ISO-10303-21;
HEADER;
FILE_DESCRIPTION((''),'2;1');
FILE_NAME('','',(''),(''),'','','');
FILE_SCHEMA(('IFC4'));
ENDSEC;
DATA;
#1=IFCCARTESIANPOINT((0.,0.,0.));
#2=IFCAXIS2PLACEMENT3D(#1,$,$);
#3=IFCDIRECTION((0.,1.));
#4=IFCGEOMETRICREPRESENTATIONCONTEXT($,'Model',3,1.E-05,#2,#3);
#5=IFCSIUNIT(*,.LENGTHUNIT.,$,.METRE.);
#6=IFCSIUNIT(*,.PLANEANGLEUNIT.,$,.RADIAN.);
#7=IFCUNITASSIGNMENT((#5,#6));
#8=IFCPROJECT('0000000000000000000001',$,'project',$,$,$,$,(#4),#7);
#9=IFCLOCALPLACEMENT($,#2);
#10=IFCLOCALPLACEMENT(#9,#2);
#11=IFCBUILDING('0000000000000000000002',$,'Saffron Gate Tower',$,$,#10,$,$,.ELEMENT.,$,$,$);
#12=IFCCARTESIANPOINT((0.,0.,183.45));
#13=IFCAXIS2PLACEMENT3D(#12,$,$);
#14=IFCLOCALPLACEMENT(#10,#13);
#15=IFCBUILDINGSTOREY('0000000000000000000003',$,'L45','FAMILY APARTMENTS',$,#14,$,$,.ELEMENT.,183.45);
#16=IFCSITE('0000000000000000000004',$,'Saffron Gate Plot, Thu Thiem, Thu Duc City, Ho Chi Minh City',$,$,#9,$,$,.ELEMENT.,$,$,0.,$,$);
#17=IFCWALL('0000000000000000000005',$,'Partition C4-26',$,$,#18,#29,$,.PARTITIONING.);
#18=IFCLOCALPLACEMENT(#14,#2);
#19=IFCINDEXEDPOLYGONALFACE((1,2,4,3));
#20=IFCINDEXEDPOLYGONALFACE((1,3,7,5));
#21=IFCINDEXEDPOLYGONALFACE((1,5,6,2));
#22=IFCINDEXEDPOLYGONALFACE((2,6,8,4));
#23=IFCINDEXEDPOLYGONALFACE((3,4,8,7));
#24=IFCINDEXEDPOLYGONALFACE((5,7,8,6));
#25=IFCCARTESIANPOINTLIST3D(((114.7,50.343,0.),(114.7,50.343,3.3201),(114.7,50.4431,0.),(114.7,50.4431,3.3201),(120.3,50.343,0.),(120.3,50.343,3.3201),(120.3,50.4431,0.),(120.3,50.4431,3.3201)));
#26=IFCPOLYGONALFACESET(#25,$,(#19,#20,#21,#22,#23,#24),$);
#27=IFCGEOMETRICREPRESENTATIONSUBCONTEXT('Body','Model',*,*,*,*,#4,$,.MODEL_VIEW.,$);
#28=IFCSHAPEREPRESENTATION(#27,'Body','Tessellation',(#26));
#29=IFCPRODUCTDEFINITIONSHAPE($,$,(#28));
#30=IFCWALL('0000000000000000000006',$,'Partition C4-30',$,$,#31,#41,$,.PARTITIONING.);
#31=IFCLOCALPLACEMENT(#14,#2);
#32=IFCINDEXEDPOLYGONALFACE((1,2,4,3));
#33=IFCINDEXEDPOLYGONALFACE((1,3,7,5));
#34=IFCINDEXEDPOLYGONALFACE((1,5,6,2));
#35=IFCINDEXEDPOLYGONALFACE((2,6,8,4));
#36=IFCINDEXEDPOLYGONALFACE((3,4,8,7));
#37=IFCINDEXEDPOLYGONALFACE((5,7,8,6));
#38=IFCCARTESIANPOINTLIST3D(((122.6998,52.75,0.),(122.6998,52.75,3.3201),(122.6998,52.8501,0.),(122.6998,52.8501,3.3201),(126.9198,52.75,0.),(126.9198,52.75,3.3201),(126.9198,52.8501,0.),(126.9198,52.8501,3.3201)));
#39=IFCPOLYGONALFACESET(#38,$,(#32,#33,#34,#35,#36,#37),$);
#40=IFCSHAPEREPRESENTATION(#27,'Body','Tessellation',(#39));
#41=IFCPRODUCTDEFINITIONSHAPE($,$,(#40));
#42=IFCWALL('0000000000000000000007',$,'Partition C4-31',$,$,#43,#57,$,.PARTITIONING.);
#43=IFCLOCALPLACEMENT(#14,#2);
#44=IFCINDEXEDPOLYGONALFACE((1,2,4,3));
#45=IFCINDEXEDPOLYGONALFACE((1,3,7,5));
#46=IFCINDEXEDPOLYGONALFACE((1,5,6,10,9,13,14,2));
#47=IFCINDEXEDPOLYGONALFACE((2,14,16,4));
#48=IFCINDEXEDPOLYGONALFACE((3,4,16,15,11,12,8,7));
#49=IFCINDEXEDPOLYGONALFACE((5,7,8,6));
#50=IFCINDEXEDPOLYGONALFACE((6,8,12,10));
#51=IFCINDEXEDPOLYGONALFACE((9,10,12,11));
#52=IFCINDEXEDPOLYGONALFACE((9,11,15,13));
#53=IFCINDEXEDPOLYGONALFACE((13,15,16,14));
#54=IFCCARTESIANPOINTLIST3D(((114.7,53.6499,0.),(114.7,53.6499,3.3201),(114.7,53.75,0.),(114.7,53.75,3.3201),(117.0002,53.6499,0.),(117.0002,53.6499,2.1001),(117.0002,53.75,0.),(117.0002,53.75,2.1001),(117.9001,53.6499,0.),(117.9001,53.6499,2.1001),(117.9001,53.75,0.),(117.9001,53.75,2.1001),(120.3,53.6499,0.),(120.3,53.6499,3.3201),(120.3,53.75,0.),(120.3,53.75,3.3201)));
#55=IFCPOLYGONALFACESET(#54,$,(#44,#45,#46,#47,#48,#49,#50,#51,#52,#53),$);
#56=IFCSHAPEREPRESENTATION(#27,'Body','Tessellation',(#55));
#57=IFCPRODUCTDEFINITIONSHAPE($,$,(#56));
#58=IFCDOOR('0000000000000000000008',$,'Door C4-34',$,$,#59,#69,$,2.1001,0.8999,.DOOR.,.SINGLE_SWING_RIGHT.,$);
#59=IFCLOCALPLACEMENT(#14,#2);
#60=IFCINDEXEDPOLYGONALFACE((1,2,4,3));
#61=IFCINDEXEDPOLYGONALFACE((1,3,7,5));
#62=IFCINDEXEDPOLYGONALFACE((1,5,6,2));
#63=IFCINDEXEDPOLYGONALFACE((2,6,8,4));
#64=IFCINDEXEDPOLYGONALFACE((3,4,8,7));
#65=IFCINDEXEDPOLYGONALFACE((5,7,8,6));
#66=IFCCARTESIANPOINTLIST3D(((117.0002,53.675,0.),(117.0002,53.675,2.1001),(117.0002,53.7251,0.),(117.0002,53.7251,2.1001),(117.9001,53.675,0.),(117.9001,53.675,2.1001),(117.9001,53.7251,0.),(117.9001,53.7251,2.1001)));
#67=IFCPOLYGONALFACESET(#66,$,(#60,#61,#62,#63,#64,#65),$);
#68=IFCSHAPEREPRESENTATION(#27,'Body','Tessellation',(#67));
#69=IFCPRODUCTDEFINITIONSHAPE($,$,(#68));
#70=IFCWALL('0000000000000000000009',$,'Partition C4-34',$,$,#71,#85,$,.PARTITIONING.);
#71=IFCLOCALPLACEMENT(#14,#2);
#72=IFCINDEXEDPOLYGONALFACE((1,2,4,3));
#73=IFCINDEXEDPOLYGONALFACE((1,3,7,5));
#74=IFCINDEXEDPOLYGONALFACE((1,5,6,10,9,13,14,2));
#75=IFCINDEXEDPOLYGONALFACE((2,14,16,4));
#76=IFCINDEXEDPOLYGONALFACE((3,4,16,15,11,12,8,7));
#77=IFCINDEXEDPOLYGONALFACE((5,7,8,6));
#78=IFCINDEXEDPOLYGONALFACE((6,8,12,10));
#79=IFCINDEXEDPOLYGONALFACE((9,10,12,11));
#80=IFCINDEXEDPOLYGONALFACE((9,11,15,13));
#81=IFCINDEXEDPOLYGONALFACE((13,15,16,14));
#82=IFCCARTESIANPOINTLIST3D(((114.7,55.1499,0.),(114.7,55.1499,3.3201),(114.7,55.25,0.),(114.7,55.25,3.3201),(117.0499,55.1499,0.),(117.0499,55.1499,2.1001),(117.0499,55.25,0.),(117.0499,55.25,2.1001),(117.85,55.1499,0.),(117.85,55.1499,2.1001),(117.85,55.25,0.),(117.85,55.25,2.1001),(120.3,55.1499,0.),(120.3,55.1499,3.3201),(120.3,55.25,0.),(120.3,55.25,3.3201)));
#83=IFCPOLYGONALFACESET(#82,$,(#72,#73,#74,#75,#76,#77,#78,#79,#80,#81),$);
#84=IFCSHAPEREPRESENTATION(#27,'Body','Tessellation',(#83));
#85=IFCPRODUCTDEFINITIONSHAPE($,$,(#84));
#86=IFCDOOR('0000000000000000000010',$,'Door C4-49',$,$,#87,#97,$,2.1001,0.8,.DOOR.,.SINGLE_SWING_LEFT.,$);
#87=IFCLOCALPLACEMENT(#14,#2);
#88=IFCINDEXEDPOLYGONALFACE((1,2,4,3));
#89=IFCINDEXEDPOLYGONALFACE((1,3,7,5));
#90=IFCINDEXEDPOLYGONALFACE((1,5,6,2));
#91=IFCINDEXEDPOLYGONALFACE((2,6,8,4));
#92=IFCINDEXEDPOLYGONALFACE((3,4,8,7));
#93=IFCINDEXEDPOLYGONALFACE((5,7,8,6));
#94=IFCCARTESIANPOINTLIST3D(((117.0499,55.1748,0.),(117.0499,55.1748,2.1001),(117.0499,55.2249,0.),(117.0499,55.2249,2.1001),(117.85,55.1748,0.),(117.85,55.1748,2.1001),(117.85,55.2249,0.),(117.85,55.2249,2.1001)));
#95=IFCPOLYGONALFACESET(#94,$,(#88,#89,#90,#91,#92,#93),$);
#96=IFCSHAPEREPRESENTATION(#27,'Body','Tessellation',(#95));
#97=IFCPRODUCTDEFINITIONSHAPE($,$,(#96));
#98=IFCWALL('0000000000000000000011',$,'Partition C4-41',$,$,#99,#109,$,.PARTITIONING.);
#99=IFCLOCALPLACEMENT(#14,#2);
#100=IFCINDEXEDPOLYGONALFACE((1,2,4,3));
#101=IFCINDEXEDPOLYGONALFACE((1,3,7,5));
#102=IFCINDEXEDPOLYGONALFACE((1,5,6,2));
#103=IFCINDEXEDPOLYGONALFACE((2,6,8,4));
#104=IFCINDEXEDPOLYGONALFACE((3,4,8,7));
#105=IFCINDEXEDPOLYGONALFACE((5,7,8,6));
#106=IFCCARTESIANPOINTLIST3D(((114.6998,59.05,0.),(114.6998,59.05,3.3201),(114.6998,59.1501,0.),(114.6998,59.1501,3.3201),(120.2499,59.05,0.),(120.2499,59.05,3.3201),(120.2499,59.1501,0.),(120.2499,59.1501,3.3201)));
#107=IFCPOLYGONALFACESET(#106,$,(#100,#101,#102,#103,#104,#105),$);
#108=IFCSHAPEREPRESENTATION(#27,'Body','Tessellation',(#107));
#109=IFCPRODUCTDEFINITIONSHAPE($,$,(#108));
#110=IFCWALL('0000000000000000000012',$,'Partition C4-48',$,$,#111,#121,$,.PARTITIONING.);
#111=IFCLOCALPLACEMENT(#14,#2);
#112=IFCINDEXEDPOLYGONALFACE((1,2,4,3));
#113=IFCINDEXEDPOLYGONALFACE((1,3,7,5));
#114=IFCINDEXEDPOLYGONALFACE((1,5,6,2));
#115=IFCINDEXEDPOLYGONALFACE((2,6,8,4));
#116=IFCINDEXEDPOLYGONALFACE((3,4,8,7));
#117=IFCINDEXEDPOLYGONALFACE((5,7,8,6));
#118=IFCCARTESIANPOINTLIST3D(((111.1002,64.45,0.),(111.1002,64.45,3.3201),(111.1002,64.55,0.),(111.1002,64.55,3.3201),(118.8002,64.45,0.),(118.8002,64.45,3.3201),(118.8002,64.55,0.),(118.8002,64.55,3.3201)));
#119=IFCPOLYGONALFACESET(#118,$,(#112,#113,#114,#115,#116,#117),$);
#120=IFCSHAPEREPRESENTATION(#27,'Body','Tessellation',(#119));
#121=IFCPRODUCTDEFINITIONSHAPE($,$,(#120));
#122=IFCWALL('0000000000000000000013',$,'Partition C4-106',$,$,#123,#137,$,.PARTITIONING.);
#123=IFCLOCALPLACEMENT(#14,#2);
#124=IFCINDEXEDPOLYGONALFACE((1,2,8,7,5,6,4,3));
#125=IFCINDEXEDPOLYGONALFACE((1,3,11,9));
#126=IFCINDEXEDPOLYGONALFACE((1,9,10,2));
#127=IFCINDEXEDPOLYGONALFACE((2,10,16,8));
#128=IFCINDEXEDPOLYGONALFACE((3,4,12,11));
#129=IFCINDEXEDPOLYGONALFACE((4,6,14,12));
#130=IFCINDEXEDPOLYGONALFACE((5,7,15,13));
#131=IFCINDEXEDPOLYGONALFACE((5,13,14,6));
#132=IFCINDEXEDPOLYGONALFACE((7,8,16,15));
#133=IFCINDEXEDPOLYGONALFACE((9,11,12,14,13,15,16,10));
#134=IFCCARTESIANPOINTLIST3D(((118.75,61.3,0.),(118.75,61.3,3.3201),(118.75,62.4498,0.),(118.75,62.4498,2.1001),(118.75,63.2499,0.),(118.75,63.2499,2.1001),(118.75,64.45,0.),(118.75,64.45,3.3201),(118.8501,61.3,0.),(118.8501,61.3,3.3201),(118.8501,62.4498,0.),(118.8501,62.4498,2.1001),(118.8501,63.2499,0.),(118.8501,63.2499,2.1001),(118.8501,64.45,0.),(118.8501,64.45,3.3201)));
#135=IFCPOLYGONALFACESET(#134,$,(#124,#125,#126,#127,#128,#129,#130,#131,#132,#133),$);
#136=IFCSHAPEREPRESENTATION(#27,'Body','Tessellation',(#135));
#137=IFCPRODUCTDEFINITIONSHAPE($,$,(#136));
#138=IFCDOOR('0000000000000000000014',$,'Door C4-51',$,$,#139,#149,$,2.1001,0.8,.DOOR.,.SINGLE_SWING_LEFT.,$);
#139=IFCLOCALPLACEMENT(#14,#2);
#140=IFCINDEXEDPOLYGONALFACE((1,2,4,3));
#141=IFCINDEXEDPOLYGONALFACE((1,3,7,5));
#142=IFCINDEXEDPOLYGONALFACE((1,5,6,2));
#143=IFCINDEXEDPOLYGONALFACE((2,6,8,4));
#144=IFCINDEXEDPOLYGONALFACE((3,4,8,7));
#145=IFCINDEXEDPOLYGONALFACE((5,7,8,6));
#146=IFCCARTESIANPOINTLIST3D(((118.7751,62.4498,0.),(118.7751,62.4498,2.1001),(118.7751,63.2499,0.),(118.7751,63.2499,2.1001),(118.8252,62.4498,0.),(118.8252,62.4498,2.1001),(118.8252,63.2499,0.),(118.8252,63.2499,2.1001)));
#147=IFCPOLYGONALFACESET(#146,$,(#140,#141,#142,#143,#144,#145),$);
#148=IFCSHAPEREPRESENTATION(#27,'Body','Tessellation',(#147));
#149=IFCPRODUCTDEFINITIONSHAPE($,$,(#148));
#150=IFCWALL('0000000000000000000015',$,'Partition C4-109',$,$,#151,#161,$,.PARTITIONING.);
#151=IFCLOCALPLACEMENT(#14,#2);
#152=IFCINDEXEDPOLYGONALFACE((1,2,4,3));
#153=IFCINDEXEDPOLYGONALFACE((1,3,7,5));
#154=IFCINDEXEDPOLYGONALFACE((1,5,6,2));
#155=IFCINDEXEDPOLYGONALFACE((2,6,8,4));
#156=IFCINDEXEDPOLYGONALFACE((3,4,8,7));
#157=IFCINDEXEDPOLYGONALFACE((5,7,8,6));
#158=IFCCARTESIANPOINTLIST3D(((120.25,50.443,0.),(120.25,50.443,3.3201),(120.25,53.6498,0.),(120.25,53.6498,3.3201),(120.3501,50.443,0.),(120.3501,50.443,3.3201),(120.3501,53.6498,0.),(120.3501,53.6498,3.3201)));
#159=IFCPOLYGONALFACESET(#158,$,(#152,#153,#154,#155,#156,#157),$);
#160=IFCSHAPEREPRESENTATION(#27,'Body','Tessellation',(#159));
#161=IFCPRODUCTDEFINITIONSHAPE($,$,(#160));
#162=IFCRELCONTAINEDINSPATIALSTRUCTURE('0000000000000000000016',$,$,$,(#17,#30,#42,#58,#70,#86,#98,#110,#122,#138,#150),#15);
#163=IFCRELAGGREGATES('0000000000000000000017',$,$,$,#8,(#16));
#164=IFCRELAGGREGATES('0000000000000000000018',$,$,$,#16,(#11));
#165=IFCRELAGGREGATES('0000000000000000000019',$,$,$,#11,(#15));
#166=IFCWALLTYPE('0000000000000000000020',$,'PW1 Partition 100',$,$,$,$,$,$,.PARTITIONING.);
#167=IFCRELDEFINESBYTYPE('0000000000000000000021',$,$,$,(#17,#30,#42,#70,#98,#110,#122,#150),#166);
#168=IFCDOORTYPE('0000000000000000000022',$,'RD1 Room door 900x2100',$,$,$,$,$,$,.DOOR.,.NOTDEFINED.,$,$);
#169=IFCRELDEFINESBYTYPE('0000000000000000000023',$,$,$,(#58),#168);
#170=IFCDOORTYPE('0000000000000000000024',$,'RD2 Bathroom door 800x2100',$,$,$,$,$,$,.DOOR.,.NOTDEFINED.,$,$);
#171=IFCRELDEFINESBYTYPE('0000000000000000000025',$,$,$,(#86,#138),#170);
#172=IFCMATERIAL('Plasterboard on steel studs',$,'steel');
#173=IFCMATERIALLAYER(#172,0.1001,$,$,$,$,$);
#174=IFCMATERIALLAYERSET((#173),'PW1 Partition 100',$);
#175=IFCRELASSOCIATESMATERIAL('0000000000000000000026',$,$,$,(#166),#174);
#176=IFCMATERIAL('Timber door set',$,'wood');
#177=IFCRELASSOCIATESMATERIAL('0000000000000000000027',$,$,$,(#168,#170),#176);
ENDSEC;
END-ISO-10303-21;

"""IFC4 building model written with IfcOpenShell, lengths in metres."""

from ifc_helpers import new_model, si_unit, direction, frame, frame_2d, origin, place, context, subcontext, project, spatial, rectangle, extrude, material, layer, layer_set, type_object, element, fill, save


model = new_model("IFC4")

# Units and contexts
model_context = context("Model", 3, precision=1e-05, world=origin(), true_north=direction((0.0, 1.0)))
body_context = subcontext(model_context, "Body", "Model", "MODEL_VIEW")
ifc_project = project(units=[si_unit("LENGTHUNIT", "METRE"), si_unit("PLANEANGLEUNIT", "RADIAN")], contexts=[model_context])

# Site, building, storey
site_placement = place(None, origin())
site = spatial("IfcSite", under=ifc_project, at=site_placement, Name="Saffron Gate Plot, Thu Thiem, Thu Duc City, Ho Chi Minh City", CompositionType="ELEMENT", RefElevation=0.0)
building_placement = place(site_placement, origin())
building = spatial("IfcBuilding", under=site, at=building_placement, Name="Saffron Gate Tower", CompositionType="ELEMENT")
storey_placement = place(building_placement, frame((0.0, 0.0, 183.45)))
storey = spatial("IfcBuildingStorey", under=building, at=storey_placement, Name="L45", Description="FAMILY APARTMENTS", CompositionType="ELEMENT", Elevation=183.45)

# Walls
ifc_material_1 = material(Name="Plasterboard on steel studs", Category="steel")
ifc_layer_1 = layer(ifc_material_1, 0.1001)
ifc_layer_set_1 = layer_set([ifc_layer_1], Name="PW1 Partition 100")
wall_type_1 = type_object("IfcWallType", Name="PW1 Partition 100", PredefinedType="PARTITIONING", material=ifc_layer_set_1)
wall_1_placement = place(storey_placement, frame((114.7, 50.3931, 0.0), z_axis=(0.0, 0.0, 1.0), x_axis=(1.0, 0.0, 0.0)))
element("IfcWall", 1, at=wall_1_placement, inside=storey, type_object=wall_type_1, Name="Partition C4-26", PredefinedType="PARTITIONING", context=body_context, shape_type="SweptSolid", body=[
    extrude(rectangle(XDim=5.6001, YDim=0.1001, at=frame_2d((2.8, 0.0))), origin(), (0.0, 0.0, 1.0), 3.3201),
])
wall_2_placement = place(storey_placement, frame((122.7, 52.8, 0.0), z_axis=(0.0, 0.0, 1.0), x_axis=(1.0, 0.0, 0.0)))
element("IfcWall", 2, at=wall_2_placement, inside=storey, type_object=wall_type_1, Name="Partition C4-30", PredefinedType="PARTITIONING", context=body_context, shape_type="SweptSolid", body=[
    extrude(rectangle(XDim=4.22, YDim=0.1001, at=frame_2d((2.1099, 0.0))), origin(), (0.0, 0.0, 1.0), 3.3201),
])

# Walls, openings, doors
wall_3_placement = place(storey_placement, frame((120.3, 53.7, 0.0), z_axis=(0.0, 0.0, 1.0), x_axis=(-1.0, 0.0, 0.0)))
wall_3 = element("IfcWall", 3, at=wall_3_placement, inside=storey, type_object=wall_type_1, Name="Partition C4-31", PredefinedType="PARTITIONING", context=body_context, shape_type="SweptSolid", body=[
    extrude(rectangle(XDim=5.6001, YDim=0.1001, at=frame_2d((2.8, 0.0))), origin(), (0.0, 0.0, 1.0), 3.3201),
])
opening_1_placement = place(wall_3_placement, frame((2.3999, 0.0, 0.0)))
opening_1 = element("IfcOpeningElement", 4, at=opening_1_placement, cuts=wall_3, PredefinedType="OPENING", context=body_context, shape_type="SweptSolid", body=[
    extrude(rectangle(XDim=0.8999, YDim=2.1001, at=frame_2d((0.45, 1.05))), frame((0.0, 0.0601, 0.0), z_axis=(0.0, -1.0, 0.0), x_axis=(1.0, 0.0, 0.0)), (0.0, 0.0, 1.0), 0.1201),
])
ifc_material_2 = material(Name="Timber door set", Category="wood")
door_type_1 = type_object("IfcDoorType", Name="RD1 Room door 900x2100", OperationType="NOTDEFINED", PredefinedType="DOOR", material=ifc_material_2)
door_1_placement = place(opening_1_placement, origin())
door_1 = element("IfcDoor", 5, at=door_1_placement, inside=storey, type_object=door_type_1, Name="Door C4-34", OperationType="SINGLE_SWING_RIGHT", OverallHeight=2.1001, OverallWidth=0.8999, PredefinedType="DOOR", context=body_context, shape_type="SweptSolid", body=[
    extrude(rectangle(XDim=0.8999, YDim=2.1001, at=frame_2d((0.45, 1.05))), frame((0.0, 0.0249, 0.0), z_axis=(0.0, -1.0, 0.0), x_axis=(1.0, 0.0, 0.0)), (0.0, 0.0, 1.0), 0.05),
])
fill(opening_1, door_1)
wall_4_placement = place(storey_placement, frame((114.7, 55.2, 0.0), z_axis=(0.0, 0.0, 1.0), x_axis=(1.0, 0.0, 0.0)))
wall_4 = element("IfcWall", 6, at=wall_4_placement, inside=storey, type_object=wall_type_1, Name="Partition C4-34", PredefinedType="PARTITIONING", context=body_context, shape_type="SweptSolid", body=[
    extrude(rectangle(XDim=5.6001, YDim=0.1001, at=frame_2d((2.8, 0.0))), origin(), (0.0, 0.0, 1.0), 3.3201),
])
opening_2_placement = place(wall_4_placement, frame((2.3501, 0.0, 0.0)))
opening_2 = element("IfcOpeningElement", 7, at=opening_2_placement, cuts=wall_4, PredefinedType="OPENING", context=body_context, shape_type="SweptSolid", body=[
    extrude(rectangle(XDim=0.8, YDim=2.1001, at=frame_2d((0.3999, 1.05))), frame((0.0, 0.0601, 0.0), z_axis=(0.0, -1.0, 0.0), x_axis=(1.0, 0.0, 0.0)), (0.0, 0.0, 1.0), 0.1201),
])
door_type_2 = type_object("IfcDoorType", Name="RD2 Bathroom door 800x2100", OperationType="NOTDEFINED", PredefinedType="DOOR", material=ifc_material_2)
door_2_placement = place(opening_2_placement, origin())
door_2 = element("IfcDoor", 8, at=door_2_placement, inside=storey, type_object=door_type_2, Name="Door C4-49", OperationType="SINGLE_SWING_LEFT", OverallHeight=2.1001, OverallWidth=0.8, PredefinedType="DOOR", context=body_context, shape_type="SweptSolid", body=[
    extrude(rectangle(XDim=0.8, YDim=2.1001, at=frame_2d((0.3999, 1.05))), frame((0.0, 0.0249, 0.0), z_axis=(0.0, -1.0, 0.0), x_axis=(1.0, 0.0, 0.0)), (0.0, 0.0, 1.0), 0.05),
])
fill(opening_2, door_2)

# Walls
wall_5_placement = place(storey_placement, frame((114.7, 59.1001, 0.0), z_axis=(0.0, 0.0, 1.0), x_axis=(1.0, 0.0, 0.0)))
element("IfcWall", 9, at=wall_5_placement, inside=storey, type_object=wall_type_1, Name="Partition C4-41", PredefinedType="PARTITIONING", context=body_context, shape_type="SweptSolid", body=[
    extrude(rectangle(XDim=5.55, YDim=0.1001, at=frame_2d((2.7749, 0.0))), origin(), (0.0, 0.0, 1.0), 3.3201),
])
wall_6_placement = place(storey_placement, frame((111.1001, 64.5, 0.0), z_axis=(0.0, 0.0, 1.0), x_axis=(1.0, 0.0, 0.0)))
element("IfcWall", 10, at=wall_6_placement, inside=storey, type_object=wall_type_1, Name="Partition C4-48", PredefinedType="PARTITIONING", context=body_context, shape_type="SweptSolid", body=[
    extrude(rectangle(XDim=7.7, YDim=0.1001, at=frame_2d((3.8501, 0.0))), origin(), (0.0, 0.0, 1.0), 3.3201),
])

# Wall, opening, door
wall_7_placement = place(storey_placement, frame((118.8, 61.3, 0.0), z_axis=(0.0, 0.0, 1.0), x_axis=(0.0, 1.0, 0.0)))
wall_7 = element("IfcWall", 11, at=wall_7_placement, inside=storey, type_object=wall_type_1, Name="Partition C4-106", PredefinedType="PARTITIONING", context=body_context, shape_type="SweptSolid", body=[
    extrude(rectangle(XDim=3.1499, YDim=0.1001, at=frame_2d((1.575, 0.0))), origin(), (0.0, 0.0, 1.0), 3.3201),
])
opening_3_placement = place(wall_7_placement, frame((1.1499, 0.0, 0.0)))
opening_3 = element("IfcOpeningElement", 12, at=opening_3_placement, cuts=wall_7, PredefinedType="OPENING", context=body_context, shape_type="SweptSolid", body=[
    extrude(rectangle(XDim=0.8, YDim=2.1001, at=frame_2d((0.3999, 1.05))), frame((0.0, 0.0601, 0.0), z_axis=(0.0, -1.0, 0.0), x_axis=(1.0, 0.0, 0.0)), (0.0, 0.0, 1.0), 0.1201),
])
door_3_placement = place(opening_3_placement, origin())
door_3 = element("IfcDoor", 13, at=door_3_placement, inside=storey, type_object=door_type_2, Name="Door C4-51", OperationType="SINGLE_SWING_LEFT", OverallHeight=2.1001, OverallWidth=0.8, PredefinedType="DOOR", context=body_context, shape_type="SweptSolid", body=[
    extrude(rectangle(XDim=0.8, YDim=2.1001, at=frame_2d((0.3999, 1.05))), frame((0.0, 0.0249, 0.0), z_axis=(0.0, -1.0, 0.0), x_axis=(1.0, 0.0, 0.0)), (0.0, 0.0, 1.0), 0.05),
])
fill(opening_3, door_3)

# Wall
wall_8_placement = place(storey_placement, frame((120.3, 53.6499, 0.0), z_axis=(0.0, 0.0, 1.0), x_axis=(0.0, -1.0, 0.0)))
element("IfcWall", 14, at=wall_8_placement, inside=storey, type_object=wall_type_1, Name="Partition C4-109", PredefinedType="PARTITIONING", context=body_context, shape_type="SweptSolid", body=[
    extrude(rectangle(XDim=3.2068, YDim=0.1001, at=frame_2d((1.6035, 0.0))), origin(), (0.0, 0.0, 1.0), 3.3201),
])

save(model, "model.ifc")
